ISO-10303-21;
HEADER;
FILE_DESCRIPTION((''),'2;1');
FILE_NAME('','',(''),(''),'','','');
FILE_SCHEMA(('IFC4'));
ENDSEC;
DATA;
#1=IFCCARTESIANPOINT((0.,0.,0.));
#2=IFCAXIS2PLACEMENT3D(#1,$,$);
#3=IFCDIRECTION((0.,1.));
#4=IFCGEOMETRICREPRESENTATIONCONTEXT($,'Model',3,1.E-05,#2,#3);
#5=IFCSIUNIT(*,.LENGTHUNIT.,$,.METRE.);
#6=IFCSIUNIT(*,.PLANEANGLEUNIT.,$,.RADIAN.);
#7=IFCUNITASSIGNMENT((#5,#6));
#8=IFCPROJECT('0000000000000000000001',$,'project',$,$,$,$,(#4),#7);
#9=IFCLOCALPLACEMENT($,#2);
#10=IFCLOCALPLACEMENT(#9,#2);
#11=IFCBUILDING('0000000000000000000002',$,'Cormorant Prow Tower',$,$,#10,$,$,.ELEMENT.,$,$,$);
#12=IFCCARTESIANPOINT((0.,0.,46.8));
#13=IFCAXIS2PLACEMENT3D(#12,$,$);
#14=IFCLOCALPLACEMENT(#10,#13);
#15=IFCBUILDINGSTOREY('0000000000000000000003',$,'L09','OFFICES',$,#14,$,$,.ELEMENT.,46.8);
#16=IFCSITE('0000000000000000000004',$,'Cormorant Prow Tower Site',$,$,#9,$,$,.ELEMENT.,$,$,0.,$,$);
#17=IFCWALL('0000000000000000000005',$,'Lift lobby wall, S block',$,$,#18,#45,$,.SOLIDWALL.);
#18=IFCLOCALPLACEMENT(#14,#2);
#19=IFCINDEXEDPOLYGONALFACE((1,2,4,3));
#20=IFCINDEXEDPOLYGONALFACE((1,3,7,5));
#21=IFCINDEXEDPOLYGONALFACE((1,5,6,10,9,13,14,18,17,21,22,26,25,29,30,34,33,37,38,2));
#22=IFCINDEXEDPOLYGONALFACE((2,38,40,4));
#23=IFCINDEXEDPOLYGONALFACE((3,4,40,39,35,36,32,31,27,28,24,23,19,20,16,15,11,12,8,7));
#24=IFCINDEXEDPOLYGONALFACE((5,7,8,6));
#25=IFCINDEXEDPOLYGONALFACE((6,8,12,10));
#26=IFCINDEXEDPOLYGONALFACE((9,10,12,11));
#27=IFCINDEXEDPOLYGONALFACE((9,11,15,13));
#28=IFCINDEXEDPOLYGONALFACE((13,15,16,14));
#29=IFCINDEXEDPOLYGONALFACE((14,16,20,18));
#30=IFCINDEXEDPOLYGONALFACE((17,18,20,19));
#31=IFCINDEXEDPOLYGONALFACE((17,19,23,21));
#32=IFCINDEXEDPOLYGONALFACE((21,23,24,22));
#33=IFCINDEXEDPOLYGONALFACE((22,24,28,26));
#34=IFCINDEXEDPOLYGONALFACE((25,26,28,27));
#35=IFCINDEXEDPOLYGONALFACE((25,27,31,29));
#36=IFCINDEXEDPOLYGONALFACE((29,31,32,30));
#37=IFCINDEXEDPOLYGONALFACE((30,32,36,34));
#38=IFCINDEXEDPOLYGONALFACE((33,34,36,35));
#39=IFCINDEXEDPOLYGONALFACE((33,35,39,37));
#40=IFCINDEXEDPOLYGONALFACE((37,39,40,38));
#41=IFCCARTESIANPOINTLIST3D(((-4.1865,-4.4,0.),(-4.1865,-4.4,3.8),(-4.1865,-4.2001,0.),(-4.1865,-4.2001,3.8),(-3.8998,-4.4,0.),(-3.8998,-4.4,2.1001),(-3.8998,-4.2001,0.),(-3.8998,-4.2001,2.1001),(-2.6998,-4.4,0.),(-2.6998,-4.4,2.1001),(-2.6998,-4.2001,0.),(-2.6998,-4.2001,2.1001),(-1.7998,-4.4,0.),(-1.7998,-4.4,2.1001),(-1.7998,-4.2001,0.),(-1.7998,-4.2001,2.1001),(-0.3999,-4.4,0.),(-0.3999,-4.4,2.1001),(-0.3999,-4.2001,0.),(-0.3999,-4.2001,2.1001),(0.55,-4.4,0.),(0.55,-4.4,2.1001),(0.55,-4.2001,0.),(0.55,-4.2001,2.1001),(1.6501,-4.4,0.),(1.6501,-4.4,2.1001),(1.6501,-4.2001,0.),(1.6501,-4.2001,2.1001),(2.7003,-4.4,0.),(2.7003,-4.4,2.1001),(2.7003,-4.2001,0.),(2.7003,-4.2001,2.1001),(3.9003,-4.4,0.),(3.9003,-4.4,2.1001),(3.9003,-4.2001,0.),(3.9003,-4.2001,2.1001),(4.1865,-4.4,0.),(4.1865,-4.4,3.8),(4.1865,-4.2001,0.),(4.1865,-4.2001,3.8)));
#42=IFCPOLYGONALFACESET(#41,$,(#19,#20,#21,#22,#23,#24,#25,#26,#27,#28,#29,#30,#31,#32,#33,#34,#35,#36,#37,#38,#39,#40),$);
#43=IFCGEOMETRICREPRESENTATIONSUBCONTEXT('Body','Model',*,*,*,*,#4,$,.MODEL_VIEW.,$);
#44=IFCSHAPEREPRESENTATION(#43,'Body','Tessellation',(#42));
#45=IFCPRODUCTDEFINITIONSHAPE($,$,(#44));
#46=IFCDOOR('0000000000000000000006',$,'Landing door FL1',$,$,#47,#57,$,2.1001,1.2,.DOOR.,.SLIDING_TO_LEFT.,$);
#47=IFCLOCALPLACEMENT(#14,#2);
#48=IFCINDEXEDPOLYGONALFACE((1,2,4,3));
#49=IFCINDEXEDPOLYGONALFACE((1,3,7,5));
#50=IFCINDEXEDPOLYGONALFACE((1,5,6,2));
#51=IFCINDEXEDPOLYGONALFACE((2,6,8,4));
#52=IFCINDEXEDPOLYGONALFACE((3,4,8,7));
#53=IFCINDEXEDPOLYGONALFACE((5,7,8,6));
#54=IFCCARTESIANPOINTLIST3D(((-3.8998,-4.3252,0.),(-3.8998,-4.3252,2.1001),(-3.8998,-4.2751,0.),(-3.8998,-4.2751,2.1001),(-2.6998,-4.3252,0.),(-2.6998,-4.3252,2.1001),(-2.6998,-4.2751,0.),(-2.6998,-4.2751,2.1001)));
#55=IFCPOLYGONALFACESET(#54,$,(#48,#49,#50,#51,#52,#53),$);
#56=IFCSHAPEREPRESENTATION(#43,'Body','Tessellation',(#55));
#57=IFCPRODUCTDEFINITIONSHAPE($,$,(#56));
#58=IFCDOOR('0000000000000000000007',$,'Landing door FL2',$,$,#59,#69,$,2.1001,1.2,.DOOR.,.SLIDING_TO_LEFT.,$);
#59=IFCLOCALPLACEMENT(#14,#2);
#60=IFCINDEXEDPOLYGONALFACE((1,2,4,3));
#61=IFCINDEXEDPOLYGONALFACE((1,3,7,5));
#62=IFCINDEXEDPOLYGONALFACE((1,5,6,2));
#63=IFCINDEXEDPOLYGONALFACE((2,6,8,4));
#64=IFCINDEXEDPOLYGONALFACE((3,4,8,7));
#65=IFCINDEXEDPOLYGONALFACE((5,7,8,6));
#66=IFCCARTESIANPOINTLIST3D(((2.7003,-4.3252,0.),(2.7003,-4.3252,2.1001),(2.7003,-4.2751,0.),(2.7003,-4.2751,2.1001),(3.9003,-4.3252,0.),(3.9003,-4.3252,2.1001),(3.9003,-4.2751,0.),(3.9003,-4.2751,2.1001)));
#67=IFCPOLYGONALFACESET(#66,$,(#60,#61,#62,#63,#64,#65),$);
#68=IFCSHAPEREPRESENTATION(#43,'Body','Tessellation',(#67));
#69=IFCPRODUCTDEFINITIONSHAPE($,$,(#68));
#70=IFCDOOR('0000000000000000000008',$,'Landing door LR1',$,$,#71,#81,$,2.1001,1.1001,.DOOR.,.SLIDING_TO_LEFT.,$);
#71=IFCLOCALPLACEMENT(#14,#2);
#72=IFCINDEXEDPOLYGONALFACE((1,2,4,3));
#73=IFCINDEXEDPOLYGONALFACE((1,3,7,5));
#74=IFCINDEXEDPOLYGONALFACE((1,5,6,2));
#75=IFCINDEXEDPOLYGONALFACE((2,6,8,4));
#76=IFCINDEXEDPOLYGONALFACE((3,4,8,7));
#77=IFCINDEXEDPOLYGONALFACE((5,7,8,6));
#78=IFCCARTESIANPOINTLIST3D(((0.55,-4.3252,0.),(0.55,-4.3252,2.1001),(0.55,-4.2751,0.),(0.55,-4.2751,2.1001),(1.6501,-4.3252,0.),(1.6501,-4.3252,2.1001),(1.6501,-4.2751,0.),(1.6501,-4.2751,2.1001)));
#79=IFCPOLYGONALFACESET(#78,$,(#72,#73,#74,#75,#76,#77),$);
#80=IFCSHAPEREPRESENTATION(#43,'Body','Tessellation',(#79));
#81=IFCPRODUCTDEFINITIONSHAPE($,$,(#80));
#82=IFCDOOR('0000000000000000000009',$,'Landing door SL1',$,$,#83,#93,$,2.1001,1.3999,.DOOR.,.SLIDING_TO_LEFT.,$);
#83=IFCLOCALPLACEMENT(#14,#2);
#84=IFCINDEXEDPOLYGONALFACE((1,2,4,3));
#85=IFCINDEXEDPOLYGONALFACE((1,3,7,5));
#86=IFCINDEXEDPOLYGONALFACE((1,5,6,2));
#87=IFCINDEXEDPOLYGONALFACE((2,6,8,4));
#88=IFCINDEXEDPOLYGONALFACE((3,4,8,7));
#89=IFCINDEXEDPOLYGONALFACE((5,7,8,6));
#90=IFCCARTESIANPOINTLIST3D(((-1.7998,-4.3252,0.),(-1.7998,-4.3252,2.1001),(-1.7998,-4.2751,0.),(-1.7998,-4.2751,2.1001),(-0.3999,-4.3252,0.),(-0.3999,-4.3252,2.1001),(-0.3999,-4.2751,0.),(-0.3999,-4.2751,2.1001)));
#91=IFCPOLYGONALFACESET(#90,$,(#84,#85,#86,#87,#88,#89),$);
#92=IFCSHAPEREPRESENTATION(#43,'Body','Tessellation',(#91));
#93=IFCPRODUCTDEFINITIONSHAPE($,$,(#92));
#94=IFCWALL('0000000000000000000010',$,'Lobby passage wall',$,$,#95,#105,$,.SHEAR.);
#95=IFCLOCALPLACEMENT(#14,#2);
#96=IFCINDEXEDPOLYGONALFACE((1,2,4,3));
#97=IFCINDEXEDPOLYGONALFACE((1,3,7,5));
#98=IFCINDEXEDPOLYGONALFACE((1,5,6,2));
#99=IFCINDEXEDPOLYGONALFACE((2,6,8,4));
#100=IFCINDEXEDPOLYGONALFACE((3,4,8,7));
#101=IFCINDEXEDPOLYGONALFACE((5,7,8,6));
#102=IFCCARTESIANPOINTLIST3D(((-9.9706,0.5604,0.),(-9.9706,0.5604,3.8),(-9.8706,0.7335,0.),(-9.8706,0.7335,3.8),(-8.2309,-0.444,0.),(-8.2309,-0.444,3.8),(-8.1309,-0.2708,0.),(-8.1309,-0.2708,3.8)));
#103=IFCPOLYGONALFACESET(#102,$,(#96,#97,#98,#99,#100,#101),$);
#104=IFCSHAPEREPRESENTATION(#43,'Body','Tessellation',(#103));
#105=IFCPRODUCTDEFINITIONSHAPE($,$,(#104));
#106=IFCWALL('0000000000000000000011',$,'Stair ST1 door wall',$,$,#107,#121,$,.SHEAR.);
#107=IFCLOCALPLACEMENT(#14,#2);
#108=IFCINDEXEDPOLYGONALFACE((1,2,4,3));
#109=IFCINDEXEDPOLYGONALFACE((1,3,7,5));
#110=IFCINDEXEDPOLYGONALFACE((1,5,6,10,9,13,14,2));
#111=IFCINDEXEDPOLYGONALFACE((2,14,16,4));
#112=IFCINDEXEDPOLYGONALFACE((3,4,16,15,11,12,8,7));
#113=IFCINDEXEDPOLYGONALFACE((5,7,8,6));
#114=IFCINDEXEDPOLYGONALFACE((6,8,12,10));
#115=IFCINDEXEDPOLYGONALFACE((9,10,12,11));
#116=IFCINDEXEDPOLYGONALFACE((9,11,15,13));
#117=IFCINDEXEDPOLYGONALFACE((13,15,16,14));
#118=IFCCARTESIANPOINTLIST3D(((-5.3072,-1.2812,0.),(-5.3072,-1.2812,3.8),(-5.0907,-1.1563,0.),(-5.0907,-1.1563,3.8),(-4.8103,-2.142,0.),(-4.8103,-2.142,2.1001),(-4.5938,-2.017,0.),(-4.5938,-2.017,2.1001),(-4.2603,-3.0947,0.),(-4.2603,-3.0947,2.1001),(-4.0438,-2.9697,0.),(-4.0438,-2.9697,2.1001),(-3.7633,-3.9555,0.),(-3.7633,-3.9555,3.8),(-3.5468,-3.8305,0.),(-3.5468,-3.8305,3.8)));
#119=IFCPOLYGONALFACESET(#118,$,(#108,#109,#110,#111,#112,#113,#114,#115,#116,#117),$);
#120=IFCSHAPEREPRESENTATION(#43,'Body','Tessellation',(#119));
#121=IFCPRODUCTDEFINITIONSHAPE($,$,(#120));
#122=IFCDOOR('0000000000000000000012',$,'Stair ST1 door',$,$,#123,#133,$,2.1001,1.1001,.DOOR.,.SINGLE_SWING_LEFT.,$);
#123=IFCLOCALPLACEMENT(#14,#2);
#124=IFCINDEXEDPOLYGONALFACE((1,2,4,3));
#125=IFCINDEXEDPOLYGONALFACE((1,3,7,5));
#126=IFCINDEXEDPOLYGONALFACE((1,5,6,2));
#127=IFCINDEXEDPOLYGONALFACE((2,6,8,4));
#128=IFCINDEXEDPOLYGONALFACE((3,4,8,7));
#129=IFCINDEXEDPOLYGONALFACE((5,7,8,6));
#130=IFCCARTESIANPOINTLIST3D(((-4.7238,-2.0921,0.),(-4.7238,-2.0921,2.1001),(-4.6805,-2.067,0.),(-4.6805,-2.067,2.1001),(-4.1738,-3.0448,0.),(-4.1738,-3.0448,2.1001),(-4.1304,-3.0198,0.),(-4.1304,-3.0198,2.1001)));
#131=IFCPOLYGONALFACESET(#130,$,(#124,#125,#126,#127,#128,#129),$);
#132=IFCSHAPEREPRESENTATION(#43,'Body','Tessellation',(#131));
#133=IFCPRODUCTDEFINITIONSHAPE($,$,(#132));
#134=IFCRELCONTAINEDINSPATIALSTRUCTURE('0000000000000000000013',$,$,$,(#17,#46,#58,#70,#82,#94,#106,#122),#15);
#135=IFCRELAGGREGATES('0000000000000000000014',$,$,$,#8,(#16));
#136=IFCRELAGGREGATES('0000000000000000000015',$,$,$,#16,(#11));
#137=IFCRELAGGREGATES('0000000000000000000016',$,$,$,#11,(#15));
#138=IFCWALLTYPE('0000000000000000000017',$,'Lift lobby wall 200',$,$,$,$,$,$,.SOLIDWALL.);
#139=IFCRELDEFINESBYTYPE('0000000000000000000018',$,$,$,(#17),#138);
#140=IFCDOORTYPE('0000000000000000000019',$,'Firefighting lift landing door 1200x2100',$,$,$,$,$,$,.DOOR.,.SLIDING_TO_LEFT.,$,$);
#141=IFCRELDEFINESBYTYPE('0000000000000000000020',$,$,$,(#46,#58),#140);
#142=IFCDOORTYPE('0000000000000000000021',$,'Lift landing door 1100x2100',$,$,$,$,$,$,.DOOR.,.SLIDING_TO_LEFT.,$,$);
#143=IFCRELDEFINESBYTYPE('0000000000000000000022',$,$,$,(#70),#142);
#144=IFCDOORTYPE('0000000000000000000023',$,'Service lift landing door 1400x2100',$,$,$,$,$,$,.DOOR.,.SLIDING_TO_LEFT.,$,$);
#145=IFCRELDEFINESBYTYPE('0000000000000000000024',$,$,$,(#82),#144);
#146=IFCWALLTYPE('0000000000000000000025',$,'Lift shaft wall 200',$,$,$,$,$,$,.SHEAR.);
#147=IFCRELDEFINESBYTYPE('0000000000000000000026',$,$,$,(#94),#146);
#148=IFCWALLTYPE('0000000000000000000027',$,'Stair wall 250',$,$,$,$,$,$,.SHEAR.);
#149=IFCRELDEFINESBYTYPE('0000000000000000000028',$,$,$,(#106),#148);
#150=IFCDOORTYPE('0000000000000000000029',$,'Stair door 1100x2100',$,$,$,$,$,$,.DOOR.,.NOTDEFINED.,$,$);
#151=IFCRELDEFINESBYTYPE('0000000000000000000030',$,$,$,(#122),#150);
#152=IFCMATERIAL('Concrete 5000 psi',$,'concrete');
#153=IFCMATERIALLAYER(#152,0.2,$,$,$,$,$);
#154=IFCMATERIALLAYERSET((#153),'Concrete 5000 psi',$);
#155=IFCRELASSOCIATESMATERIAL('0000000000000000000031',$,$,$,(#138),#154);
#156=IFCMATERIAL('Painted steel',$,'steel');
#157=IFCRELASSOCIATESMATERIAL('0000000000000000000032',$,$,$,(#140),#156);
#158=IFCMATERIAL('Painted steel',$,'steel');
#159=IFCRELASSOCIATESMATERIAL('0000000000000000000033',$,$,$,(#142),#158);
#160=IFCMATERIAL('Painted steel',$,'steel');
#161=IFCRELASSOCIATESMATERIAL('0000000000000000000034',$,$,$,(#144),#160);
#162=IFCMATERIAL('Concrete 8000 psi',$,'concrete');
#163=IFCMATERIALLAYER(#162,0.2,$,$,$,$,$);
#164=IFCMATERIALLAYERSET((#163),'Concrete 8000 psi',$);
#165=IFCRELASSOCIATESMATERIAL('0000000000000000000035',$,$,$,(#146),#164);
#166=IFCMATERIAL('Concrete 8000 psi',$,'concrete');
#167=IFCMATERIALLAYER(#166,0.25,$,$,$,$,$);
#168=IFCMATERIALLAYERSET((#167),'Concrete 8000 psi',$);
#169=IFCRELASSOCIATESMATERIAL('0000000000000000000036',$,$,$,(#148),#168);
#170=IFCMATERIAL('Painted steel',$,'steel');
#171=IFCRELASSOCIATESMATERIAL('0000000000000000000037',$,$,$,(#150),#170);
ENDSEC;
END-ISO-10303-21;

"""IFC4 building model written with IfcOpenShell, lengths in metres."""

from ifc_helpers import new_model, si_unit, direction, frame, frame_2d, origin, place, context, subcontext, project, spatial, rectangle, extrude, material, layer, layer_set, type_object, element, fill, save


model = new_model("IFC4")

# Units and contexts
model_context = context("Model", 3, precision=1e-05, world=origin(), true_north=direction((0.0, 1.0)))
body_context = subcontext(model_context, "Body", "Model", "MODEL_VIEW")
ifc_project = project(units=[si_unit("LENGTHUNIT", "METRE"), si_unit("PLANEANGLEUNIT", "RADIAN")], contexts=[model_context])

# Site, building, storey
site_placement = place(None, origin())
site = spatial("IfcSite", under=ifc_project, at=site_placement, Name="Cormorant Prow Tower Site", CompositionType="ELEMENT", RefElevation=0.0)
building_placement = place(site_placement, origin())
building = spatial("IfcBuilding", under=site, at=building_placement, Name="Cormorant Prow Tower", CompositionType="ELEMENT")
storey_placement = place(building_placement, frame((0.0, 0.0, 46.8)))
storey = spatial("IfcBuildingStorey", under=building, at=storey_placement, Name="L09", Description="OFFICES", CompositionType="ELEMENT", Elevation=46.8)

# Wall, openings, doors
ifc_material_1 = material(Name="Concrete 5000 psi", Category="concrete")
ifc_layer_1 = layer(ifc_material_1, 0.2)
ifc_layer_set_1 = layer_set([ifc_layer_1], Name="Concrete 5000 psi")
wall_type_1 = type_object("IfcWallType", Name="Lift lobby wall 200", PredefinedType="SOLIDWALL", material=ifc_layer_set_1)
wall_1_placement = place(storey_placement, frame((-4.1865, -4.3, 0.0), z_axis=(0.0, 0.0, 1.0), x_axis=(1.0, 0.0, 0.0)))
wall_1 = element("IfcWall", 1, at=wall_1_placement, inside=storey, type_object=wall_type_1, Name="Lift lobby wall, S block", PredefinedType="SOLIDWALL", context=body_context, shape_type="SweptSolid", body=[
    extrude(rectangle(XDim=8.373, YDim=0.2, at=frame_2d((4.1865, 0.0))), origin(), (0.0, 0.0, 1.0), 3.8),
])
opening_1_placement = place(wall_1_placement, frame((0.2866, 0.0, 0.0)))
opening_1 = element("IfcOpeningElement", 2, at=opening_1_placement, cuts=wall_1, PredefinedType="OPENING", context=body_context, shape_type="SweptSolid", body=[
    extrude(rectangle(XDim=1.2, YDim=2.1001, at=frame_2d((0.6001, 1.05))), frame((0.0, 0.1099, 0.0), z_axis=(0.0, -1.0, 0.0), x_axis=(1.0, 0.0, 0.0)), (0.0, 0.0, 1.0), 0.22),
])
opening_2_placement = place(wall_1_placement, frame((2.3867, 0.0, 0.0)))
opening_2 = element("IfcOpeningElement", 3, at=opening_2_placement, cuts=wall_1, PredefinedType="OPENING", context=body_context, shape_type="SweptSolid", body=[
    extrude(rectangle(XDim=1.3999, YDim=2.1001, at=frame_2d((0.7, 1.05))), frame((0.0, 0.1099, 0.0), z_axis=(0.0, -1.0, 0.0), x_axis=(1.0, 0.0, 0.0)), (0.0, 0.0, 1.0), 0.22),
])
opening_3_placement = place(wall_1_placement, frame((4.7366, 0.0, 0.0)))
opening_3 = element("IfcOpeningElement", 4, at=opening_3_placement, cuts=wall_1, PredefinedType="OPENING", context=body_context, shape_type="SweptSolid", body=[
    extrude(rectangle(XDim=1.1001, YDim=2.1001, at=frame_2d((0.55, 1.05))), frame((0.0, 0.1099, 0.0), z_axis=(0.0, -1.0, 0.0), x_axis=(1.0, 0.0, 0.0)), (0.0, 0.0, 1.0), 0.22),
])
opening_4_placement = place(wall_1_placement, frame((6.8867, 0.0, 0.0)))
opening_4 = element("IfcOpeningElement", 5, at=opening_4_placement, cuts=wall_1, PredefinedType="OPENING", context=body_context, shape_type="SweptSolid", body=[
    extrude(rectangle(XDim=1.2, YDim=2.1001, at=frame_2d((0.6001, 1.05))), frame((0.0, 0.1099, 0.0), z_axis=(0.0, -1.0, 0.0), x_axis=(1.0, 0.0, 0.0)), (0.0, 0.0, 1.0), 0.22),
])
ifc_material_2 = material(Name="Painted steel", Category="steel")
door_type_1 = type_object("IfcDoorType", Name="Firefighting lift landing door 1200x2100", OperationType="SLIDING_TO_LEFT", PredefinedType="DOOR", material=ifc_material_2)
door_1_placement = place(opening_1_placement, origin())
door_1 = element("IfcDoor", 6, at=door_1_placement, inside=storey, type_object=door_type_1, Name="Landing door FL1", OperationType="SLIDING_TO_LEFT", OverallHeight=2.1001, OverallWidth=1.2, PredefinedType="DOOR", context=body_context, shape_type="SweptSolid", body=[
    extrude(rectangle(XDim=1.2, YDim=2.1001, at=frame_2d((0.6001, 1.05))), frame((0.0, 0.0249, 0.0), z_axis=(0.0, -1.0, 0.0), x_axis=(1.0, 0.0, 0.0)), (0.0, 0.0, 1.0), 0.05),
])
fill(opening_1, door_1)
door_2_placement = place(opening_4_placement, origin())
door_2 = element("IfcDoor", 7, at=door_2_placement, inside=storey, type_object=door_type_1, Name="Landing door FL2", OperationType="SLIDING_TO_LEFT", OverallHeight=2.1001, OverallWidth=1.2, PredefinedType="DOOR", context=body_context, shape_type="SweptSolid", body=[
    extrude(rectangle(XDim=1.2, YDim=2.1001, at=frame_2d((0.6001, 1.05))), frame((0.0, 0.0249, 0.0), z_axis=(0.0, -1.0, 0.0), x_axis=(1.0, 0.0, 0.0)), (0.0, 0.0, 1.0), 0.05),
])
fill(opening_4, door_2)
ifc_material_3 = material(Name="Painted steel", Category="steel")
door_type_2 = type_object("IfcDoorType", Name="Lift landing door 1100x2100", OperationType="SLIDING_TO_LEFT", PredefinedType="DOOR", material=ifc_material_3)
door_3_placement = place(opening_3_placement, origin())
door_3 = element("IfcDoor", 8, at=door_3_placement, inside=storey, type_object=door_type_2, Name="Landing door LR1", OperationType="SLIDING_TO_LEFT", OverallHeight=2.1001, OverallWidth=1.1001, PredefinedType="DOOR", context=body_context, shape_type="SweptSolid", body=[
    extrude(rectangle(XDim=1.1001, YDim=2.1001, at=frame_2d((0.55, 1.05))), frame((0.0, 0.0249, 0.0), z_axis=(0.0, -1.0, 0.0), x_axis=(1.0, 0.0, 0.0)), (0.0, 0.0, 1.0), 0.05),
])
fill(opening_3, door_3)
ifc_material_4 = material(Name="Painted steel", Category="steel")
door_type_3 = type_object("IfcDoorType", Name="Service lift landing door 1400x2100", OperationType="SLIDING_TO_LEFT", PredefinedType="DOOR", material=ifc_material_4)
door_4_placement = place(opening_2_placement, origin())
door_4 = element("IfcDoor", 9, at=door_4_placement, inside=storey, type_object=door_type_3, Name="Landing door SL1", OperationType="SLIDING_TO_LEFT", OverallHeight=2.1001, OverallWidth=1.3999, PredefinedType="DOOR", context=body_context, shape_type="SweptSolid", body=[
    extrude(rectangle(XDim=1.3999, YDim=2.1001, at=frame_2d((0.7, 1.05))), frame((0.0, 0.0249, 0.0), z_axis=(0.0, -1.0, 0.0), x_axis=(1.0, 0.0, 0.0)), (0.0, 0.0, 1.0), 0.05),
])
fill(opening_2, door_4)

# Wall
ifc_material_5 = material(Name="Concrete 8000 psi", Category="concrete")
ifc_layer_2 = layer(ifc_material_5, 0.2)
ifc_layer_set_2 = layer_set([ifc_layer_2], Name="Concrete 8000 psi")
wall_type_2 = type_object("IfcWallType", Name="Lift shaft wall 200", PredefinedType="SHEAR", material=ifc_layer_set_2)
wall_2_placement = place(storey_placement, frame((-8.1809, -0.3574, 0.0), z_axis=(0.0, 0.0, 1.0), x_axis=(-0.866036, 0.499982, 0.0)))
element("IfcWall", 10, at=wall_2_placement, inside=storey, type_object=wall_type_2, Name="Lobby passage wall", PredefinedType="SHEAR", context=body_context, shape_type="SweptSolid", body=[
    extrude(rectangle(XDim=2.0088, YDim=0.2, at=frame_2d((1.0044, 0.0))), origin(), (0.0, 0.0, 1.0), 3.8),
])

# Wall, opening, door
ifc_material_6 = material(Name="Concrete 8000 psi", Category="concrete")
ifc_layer_3 = layer(ifc_material_6, 0.25)
ifc_layer_set_3 = layer_set([ifc_layer_3], Name="Concrete 8000 psi")
wall_type_3 = type_object("IfcWallType", Name="Stair wall 250", PredefinedType="SHEAR", material=ifc_layer_set_3)
wall_3_placement = place(storey_placement, frame((-5.199, -1.2188, 0.0), z_axis=(0.0, 0.0, 1.0), x_axis=(0.499983, -0.866035, 0.0)))
wall_3 = element("IfcWall", 11, at=wall_3_placement, inside=storey, type_object=wall_type_3, Name="Stair ST1 door wall", PredefinedType="SHEAR", context=body_context, shape_type="SweptSolid", body=[
    extrude(rectangle(XDim=3.0879, YDim=0.25, at=frame_2d((1.5439, 0.0))), origin(), (0.0, 0.0, 1.0), 3.8),
])
opening_5_placement = place(wall_3_placement, frame((0.9939, 0.0, 0.0)))
opening_5 = element("IfcOpeningElement", 12, at=opening_5_placement, cuts=wall_3, PredefinedType="OPENING", context=body_context, shape_type="SweptSolid", body=[
    extrude(rectangle(XDim=1.1001, YDim=2.1001, at=frame_2d((0.55, 1.05))), frame((0.0, 0.135, 0.0), z_axis=(0.0, -1.0, 0.0), x_axis=(1.0, 0.0, 0.0)), (0.0, 0.0, 1.0), 0.27),
])
ifc_material_7 = material(Name="Painted steel", Category="steel")
door_type_4 = type_object("IfcDoorType", Name="Stair door 1100x2100", OperationType="NOTDEFINED", PredefinedType="DOOR", material=ifc_material_7)
door_5_placement = place(opening_5_placement, origin())
door_5 = element("IfcDoor", 13, at=door_5_placement, inside=storey, type_object=door_type_4, Name="Stair ST1 door", OperationType="SINGLE_SWING_LEFT", OverallHeight=2.1001, OverallWidth=1.1001, PredefinedType="DOOR", context=body_context, shape_type="SweptSolid", body=[
    extrude(rectangle(XDim=1.1001, YDim=2.1001, at=frame_2d((0.55, 1.05))), frame((0.0, 0.0249, 0.0), z_axis=(0.0, -1.0, 0.0), x_axis=(1.0, 0.0, 0.0)), (0.0, 0.0, 1.0), 0.05),
])
fill(opening_5, door_5)

save(model, "model.ifc")
